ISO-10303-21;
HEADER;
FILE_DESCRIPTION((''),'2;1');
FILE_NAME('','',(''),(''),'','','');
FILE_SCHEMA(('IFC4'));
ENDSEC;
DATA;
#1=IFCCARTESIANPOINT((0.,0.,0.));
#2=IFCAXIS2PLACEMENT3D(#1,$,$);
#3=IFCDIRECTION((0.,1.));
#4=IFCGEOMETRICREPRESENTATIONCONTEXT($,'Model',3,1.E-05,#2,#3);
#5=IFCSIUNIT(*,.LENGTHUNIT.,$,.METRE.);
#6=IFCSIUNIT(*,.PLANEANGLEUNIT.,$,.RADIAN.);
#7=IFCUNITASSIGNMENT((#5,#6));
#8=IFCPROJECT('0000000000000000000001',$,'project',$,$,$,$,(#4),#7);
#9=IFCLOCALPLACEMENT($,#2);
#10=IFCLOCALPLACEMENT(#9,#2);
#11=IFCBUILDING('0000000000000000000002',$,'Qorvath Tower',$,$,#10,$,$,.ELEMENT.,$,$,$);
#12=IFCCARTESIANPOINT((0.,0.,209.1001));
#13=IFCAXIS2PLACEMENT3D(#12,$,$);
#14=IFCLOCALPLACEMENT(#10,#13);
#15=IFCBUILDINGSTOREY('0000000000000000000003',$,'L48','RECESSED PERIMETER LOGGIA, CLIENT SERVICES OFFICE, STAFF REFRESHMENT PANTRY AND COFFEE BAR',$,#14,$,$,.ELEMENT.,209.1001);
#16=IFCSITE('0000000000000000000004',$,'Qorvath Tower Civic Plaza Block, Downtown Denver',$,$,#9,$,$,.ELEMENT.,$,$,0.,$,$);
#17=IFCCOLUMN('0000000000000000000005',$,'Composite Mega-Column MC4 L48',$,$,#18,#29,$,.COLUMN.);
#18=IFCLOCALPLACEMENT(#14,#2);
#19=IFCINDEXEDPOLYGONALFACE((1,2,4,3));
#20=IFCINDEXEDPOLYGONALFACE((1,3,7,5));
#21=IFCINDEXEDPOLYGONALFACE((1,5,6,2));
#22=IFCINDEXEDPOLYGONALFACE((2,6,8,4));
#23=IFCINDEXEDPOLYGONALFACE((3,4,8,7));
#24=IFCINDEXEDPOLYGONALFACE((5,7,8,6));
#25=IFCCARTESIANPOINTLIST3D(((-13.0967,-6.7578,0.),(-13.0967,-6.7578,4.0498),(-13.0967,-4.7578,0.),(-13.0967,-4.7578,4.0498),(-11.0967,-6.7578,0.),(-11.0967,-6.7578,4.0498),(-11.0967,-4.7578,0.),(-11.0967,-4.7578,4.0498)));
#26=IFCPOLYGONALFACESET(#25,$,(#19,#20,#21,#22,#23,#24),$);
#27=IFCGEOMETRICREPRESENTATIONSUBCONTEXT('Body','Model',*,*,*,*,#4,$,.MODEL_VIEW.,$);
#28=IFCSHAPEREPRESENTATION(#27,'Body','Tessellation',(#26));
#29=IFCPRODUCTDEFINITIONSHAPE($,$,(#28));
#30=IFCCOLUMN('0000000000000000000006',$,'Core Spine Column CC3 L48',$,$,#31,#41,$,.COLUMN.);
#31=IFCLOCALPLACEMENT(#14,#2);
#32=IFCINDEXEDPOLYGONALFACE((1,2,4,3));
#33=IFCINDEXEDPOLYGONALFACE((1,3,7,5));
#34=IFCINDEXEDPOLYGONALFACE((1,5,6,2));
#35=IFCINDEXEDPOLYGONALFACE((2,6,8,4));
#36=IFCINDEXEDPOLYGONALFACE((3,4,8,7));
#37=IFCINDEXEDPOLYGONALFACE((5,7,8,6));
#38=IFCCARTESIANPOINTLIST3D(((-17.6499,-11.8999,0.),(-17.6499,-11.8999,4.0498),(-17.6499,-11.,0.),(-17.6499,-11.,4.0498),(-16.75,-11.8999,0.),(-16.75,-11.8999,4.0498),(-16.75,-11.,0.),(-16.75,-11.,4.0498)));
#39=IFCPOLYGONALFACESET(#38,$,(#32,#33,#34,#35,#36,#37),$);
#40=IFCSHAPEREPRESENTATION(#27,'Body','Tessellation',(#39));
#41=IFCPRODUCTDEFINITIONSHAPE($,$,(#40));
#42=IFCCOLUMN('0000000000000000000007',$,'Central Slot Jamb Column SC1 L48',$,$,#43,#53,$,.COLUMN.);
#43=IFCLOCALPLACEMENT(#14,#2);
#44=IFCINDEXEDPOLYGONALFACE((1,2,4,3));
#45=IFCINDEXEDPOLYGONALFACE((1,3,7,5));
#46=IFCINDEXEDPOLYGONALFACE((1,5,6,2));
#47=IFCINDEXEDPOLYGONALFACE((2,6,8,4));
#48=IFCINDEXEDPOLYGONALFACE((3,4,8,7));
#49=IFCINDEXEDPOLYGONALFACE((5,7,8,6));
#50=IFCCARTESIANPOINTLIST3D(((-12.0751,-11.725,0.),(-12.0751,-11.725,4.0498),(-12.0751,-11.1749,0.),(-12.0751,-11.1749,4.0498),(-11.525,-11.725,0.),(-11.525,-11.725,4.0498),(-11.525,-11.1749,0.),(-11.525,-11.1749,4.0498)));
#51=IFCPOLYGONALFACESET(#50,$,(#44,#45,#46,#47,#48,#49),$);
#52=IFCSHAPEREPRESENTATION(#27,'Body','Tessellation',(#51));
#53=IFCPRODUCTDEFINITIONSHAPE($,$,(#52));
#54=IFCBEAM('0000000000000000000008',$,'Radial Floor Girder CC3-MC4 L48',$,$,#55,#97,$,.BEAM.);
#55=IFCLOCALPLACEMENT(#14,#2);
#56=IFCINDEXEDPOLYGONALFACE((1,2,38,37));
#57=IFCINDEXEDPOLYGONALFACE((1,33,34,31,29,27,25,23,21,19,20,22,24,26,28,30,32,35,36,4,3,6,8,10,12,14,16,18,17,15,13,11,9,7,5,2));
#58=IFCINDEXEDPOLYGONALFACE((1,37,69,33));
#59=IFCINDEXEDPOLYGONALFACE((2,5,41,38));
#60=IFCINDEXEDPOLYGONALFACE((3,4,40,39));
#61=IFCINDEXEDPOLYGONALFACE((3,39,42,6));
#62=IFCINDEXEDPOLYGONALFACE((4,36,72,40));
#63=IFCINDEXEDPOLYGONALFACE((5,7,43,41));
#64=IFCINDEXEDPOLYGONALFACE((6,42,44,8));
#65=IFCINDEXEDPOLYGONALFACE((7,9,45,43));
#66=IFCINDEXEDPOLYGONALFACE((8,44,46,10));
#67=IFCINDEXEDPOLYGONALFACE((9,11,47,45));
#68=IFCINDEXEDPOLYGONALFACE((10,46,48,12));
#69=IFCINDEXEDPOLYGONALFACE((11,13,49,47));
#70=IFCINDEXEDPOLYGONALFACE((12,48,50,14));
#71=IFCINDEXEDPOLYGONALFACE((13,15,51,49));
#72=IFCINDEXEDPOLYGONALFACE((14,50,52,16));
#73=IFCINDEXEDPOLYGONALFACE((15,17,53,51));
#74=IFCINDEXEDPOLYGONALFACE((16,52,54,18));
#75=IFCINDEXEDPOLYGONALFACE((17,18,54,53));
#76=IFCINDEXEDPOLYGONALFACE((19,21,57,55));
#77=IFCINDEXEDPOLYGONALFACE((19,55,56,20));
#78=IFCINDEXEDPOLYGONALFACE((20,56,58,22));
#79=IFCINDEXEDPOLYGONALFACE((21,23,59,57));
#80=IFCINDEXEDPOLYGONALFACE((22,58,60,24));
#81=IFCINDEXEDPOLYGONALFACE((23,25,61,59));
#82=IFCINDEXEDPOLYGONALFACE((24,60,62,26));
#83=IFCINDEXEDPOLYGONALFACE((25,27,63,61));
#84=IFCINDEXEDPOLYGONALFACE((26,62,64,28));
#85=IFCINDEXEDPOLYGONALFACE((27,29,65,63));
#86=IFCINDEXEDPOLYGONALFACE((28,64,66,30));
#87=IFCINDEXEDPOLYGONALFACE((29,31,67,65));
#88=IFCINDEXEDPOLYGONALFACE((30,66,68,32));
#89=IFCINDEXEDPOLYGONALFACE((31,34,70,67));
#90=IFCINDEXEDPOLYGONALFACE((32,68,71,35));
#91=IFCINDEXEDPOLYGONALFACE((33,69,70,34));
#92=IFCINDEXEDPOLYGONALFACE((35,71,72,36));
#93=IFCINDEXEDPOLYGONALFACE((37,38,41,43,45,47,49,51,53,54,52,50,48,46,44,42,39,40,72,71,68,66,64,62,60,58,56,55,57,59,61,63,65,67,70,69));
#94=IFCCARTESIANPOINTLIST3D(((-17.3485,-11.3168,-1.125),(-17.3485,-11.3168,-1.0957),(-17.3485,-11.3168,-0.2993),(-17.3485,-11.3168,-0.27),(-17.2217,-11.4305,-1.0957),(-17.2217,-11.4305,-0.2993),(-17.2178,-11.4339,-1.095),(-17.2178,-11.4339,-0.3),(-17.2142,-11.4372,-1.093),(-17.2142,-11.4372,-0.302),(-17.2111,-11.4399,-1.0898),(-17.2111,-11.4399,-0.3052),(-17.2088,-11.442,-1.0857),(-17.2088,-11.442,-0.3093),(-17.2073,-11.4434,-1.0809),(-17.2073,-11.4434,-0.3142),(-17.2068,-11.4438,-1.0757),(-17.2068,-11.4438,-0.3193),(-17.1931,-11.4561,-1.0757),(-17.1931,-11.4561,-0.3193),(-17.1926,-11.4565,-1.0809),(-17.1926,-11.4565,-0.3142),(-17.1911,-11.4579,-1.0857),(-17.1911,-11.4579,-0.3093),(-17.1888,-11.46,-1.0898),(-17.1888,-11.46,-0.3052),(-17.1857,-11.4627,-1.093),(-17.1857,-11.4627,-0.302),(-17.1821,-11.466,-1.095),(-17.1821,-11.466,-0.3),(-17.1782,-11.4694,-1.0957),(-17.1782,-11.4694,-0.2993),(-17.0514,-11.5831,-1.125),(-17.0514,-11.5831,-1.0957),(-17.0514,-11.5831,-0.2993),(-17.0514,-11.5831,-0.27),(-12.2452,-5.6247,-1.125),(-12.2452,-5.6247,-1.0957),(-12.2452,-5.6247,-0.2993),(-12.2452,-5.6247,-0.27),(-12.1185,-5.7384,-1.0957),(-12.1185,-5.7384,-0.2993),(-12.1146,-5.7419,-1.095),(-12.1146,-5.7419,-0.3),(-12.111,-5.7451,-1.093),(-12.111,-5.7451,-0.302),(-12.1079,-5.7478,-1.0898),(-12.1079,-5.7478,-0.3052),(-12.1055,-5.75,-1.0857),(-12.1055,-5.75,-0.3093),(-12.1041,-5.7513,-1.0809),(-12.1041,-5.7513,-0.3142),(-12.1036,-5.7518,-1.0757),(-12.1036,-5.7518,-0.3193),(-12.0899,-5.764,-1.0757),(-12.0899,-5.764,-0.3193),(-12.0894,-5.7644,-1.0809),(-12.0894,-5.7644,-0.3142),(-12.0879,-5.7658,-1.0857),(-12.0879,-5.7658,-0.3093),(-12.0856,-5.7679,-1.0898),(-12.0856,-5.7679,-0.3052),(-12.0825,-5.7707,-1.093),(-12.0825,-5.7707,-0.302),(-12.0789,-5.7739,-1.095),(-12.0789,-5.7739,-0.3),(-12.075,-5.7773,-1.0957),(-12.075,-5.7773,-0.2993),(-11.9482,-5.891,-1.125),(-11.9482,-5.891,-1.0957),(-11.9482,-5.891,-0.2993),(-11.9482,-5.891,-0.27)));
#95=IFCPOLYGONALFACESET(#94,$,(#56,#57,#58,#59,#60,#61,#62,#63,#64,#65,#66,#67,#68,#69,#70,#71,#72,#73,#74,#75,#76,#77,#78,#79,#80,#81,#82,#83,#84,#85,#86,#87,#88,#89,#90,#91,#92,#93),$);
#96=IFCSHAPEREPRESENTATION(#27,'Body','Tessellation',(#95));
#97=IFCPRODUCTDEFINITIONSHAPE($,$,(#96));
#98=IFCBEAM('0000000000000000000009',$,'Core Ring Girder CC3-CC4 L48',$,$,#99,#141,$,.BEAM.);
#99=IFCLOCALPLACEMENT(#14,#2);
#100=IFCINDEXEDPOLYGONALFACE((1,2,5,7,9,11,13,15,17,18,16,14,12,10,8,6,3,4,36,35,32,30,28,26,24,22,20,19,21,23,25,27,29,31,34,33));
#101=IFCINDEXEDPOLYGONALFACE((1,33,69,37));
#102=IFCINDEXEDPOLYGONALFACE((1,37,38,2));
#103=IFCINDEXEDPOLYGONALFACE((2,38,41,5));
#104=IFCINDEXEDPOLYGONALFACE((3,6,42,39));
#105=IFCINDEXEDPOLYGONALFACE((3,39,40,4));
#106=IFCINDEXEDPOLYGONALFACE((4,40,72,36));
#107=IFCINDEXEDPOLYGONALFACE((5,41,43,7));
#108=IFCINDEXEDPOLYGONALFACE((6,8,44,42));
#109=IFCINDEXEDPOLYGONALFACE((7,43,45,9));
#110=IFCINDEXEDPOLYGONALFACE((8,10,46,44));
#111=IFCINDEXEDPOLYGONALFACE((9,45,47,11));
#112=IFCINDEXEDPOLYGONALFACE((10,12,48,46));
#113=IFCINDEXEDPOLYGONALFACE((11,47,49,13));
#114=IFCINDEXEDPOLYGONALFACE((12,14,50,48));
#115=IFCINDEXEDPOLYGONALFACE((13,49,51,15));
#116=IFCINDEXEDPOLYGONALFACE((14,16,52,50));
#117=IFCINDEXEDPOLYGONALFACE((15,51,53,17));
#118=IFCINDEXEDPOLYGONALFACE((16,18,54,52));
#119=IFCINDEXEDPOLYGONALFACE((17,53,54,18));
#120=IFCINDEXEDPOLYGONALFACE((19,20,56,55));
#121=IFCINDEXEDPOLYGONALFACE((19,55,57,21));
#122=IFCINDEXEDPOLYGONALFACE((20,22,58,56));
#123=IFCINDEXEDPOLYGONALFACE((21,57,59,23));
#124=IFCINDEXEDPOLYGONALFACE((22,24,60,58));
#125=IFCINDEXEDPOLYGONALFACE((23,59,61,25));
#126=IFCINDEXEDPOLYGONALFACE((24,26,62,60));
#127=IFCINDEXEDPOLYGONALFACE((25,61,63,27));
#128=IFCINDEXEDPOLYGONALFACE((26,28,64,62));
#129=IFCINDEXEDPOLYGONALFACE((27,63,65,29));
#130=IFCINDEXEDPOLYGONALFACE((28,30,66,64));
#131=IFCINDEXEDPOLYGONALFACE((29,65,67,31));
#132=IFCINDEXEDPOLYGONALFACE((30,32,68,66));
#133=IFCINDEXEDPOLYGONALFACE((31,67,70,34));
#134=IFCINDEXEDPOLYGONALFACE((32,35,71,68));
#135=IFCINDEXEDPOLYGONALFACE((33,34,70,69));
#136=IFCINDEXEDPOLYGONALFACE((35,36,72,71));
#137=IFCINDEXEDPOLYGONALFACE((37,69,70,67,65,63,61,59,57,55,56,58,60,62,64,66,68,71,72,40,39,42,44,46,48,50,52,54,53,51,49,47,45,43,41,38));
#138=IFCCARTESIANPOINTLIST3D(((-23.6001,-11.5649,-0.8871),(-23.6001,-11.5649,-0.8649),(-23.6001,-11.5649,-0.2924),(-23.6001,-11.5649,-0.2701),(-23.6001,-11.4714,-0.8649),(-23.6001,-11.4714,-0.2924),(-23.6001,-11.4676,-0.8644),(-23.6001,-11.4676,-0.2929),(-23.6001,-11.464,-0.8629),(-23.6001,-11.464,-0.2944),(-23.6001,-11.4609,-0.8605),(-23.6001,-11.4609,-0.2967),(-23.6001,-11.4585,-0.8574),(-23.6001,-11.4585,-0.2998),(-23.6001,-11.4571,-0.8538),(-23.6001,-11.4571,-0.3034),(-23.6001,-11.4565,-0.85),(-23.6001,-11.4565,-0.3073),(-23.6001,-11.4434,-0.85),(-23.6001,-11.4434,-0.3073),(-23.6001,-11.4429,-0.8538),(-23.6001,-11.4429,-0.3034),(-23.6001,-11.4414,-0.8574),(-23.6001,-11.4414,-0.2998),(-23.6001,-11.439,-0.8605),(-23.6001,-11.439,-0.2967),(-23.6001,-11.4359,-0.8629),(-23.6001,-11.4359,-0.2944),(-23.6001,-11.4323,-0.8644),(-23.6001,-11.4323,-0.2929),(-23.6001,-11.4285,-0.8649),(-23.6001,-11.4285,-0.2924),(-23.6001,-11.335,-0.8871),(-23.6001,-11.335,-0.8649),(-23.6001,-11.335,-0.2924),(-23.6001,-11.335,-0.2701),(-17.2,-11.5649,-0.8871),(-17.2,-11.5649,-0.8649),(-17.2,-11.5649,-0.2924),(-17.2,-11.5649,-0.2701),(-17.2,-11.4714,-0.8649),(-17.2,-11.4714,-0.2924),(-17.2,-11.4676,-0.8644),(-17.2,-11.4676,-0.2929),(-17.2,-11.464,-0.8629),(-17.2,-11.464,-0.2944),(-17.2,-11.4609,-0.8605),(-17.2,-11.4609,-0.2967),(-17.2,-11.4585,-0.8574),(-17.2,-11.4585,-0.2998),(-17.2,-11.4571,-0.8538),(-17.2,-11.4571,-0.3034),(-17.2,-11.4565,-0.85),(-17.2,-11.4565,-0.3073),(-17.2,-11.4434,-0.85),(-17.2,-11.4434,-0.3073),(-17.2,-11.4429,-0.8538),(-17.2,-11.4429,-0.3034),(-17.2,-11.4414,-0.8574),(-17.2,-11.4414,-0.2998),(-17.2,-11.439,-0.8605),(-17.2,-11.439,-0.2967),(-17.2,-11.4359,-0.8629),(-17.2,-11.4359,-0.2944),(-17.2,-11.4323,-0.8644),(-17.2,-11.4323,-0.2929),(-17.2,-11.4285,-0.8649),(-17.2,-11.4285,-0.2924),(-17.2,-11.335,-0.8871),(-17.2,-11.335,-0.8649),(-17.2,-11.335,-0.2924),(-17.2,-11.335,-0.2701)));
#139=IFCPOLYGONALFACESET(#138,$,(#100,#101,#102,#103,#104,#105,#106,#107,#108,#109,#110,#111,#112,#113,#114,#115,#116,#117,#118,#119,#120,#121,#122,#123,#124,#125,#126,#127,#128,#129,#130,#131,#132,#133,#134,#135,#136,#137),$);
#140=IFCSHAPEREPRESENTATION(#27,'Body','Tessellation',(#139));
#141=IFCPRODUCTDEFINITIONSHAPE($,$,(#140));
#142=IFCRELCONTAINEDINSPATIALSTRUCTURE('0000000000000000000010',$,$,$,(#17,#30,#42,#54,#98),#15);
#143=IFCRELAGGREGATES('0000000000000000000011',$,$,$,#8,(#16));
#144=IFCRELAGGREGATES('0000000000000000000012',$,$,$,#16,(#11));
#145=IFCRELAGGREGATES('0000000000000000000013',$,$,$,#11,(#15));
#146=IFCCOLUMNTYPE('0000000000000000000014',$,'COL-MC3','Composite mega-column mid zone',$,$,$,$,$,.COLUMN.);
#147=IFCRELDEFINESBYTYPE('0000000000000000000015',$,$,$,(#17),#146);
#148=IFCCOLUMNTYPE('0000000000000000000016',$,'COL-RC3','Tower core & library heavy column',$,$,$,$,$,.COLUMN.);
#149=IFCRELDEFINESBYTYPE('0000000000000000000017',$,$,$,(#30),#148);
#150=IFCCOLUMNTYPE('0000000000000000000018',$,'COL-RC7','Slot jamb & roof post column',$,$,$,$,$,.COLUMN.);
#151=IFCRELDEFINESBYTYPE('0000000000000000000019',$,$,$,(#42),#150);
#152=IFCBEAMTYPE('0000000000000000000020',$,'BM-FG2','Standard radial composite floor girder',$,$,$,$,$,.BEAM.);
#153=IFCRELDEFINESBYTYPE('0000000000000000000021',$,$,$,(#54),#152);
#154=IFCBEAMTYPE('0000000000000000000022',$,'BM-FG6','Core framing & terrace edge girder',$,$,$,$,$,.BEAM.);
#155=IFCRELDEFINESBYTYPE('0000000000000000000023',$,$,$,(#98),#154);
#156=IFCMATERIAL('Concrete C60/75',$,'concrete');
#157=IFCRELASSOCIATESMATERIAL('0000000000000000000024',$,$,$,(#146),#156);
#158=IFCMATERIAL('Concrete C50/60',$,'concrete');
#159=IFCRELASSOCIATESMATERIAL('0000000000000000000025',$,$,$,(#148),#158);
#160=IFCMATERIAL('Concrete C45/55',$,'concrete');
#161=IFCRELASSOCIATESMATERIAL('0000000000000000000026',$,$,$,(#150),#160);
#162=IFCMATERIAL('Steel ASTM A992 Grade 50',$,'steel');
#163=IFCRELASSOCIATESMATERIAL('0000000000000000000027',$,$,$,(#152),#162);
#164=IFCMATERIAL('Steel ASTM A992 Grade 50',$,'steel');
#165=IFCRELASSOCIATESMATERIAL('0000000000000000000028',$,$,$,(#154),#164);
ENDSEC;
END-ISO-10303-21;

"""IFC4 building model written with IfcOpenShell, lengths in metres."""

from ifc_helpers import new_model, si_unit, direction, frame, origin, origin_2d, place, context, subcontext, project, spatial, rectangle, i_section, extrude, material, material_profile, profile_set, type_object, element, save


model = new_model("IFC4")

# Units and contexts
model_context = context("Model", 3, precision=1e-05, world=origin(), true_north=direction((0.0, 1.0)))
body_context = subcontext(model_context, "Body", "Model", "MODEL_VIEW")
ifc_project = project(units=[si_unit("LENGTHUNIT", "METRE"), si_unit("PLANEANGLEUNIT", "RADIAN")], contexts=[model_context])

# Site, building, storey
site_placement = place(None, origin())
site = spatial("IfcSite", under=ifc_project, at=site_placement, Name="Qorvath Tower Civic Plaza Block, Downtown Denver", CompositionType="ELEMENT", RefElevation=0.0)
building_placement = place(site_placement, origin())
building = spatial("IfcBuilding", under=site, at=building_placement, Name="Qorvath Tower", CompositionType="ELEMENT")
storey_placement = place(building_placement, frame((0.0, 0.0, 209.1001)))
storey = spatial("IfcBuildingStorey", under=building, at=storey_placement, Name="L48", Description="RECESSED PERIMETER LOGGIA, CLIENT SERVICES OFFICE, STAFF REFRESHMENT PANTRY AND COFFEE BAR", CompositionType="ELEMENT", Elevation=209.1001)

# Columns
ifc_material_1 = material(Name="Concrete C60/75", Category="concrete")
ifc_material_profile_1 = material_profile(ifc_material_1, rectangle(XDim=2.0, YDim=2.0, at=origin_2d()), Name="MC 2000x2000")
ifc_profile_set_1 = profile_set([ifc_material_profile_1], Name="Concrete C60/75")
column_type_1 = type_object("IfcColumnType", Name="COL-MC3", Description="Composite mega-column mid zone", PredefinedType="COLUMN", material=ifc_profile_set_1)
column_1_placement = place(storey_placement, frame((-12.0967, -5.7578, 0.0), z_axis=(0.0, 0.0, 1.0), x_axis=(1.0, 0.0, 0.0)))
element("IfcColumn", 1, at=column_1_placement, inside=storey, type_object=column_type_1, Name="Composite Mega-Column MC4 L48", PredefinedType="COLUMN", context=body_context, shape_type="SweptSolid", body=[
    extrude(rectangle(XDim=2.0, YDim=2.0, at=origin_2d()), origin(), (0.0, 0.0, 1.0), 4.0498),
])
ifc_material_2 = material(Name="Concrete C50/60", Category="concrete")
ifc_material_profile_2 = material_profile(ifc_material_2, rectangle(XDim=0.8999, YDim=0.8999, at=origin_2d()), Name="RC 900x900")
ifc_profile_set_2 = profile_set([ifc_material_profile_2], Name="Concrete C50/60")
column_type_2 = type_object("IfcColumnType", Name="COL-RC3", Description="Tower core & library heavy column", PredefinedType="COLUMN", material=ifc_profile_set_2)
column_2_placement = place(storey_placement, frame((-17.2, -11.45, 0.0), z_axis=(0.0, 0.0, 1.0), x_axis=(1.0, 0.0, 0.0)))
element("IfcColumn", 2, at=column_2_placement, inside=storey, type_object=column_type_2, Name="Core Spine Column CC3 L48", PredefinedType="COLUMN", context=body_context, shape_type="SweptSolid", body=[
    extrude(rectangle(XDim=0.8999, YDim=0.8999, at=origin_2d()), origin(), (0.0, 0.0, 1.0), 4.0498),
])
ifc_material_3 = material(Name="Concrete C45/55", Category="concrete")
ifc_material_profile_3 = material_profile(ifc_material_3, rectangle(XDim=0.55, YDim=0.55, at=origin_2d()), Name="RC 550x550")
ifc_profile_set_3 = profile_set([ifc_material_profile_3], Name="Concrete C45/55")
column_type_3 = type_object("IfcColumnType", Name="COL-RC7", Description="Slot jamb & roof post column", PredefinedType="COLUMN", material=ifc_profile_set_3)
column_3_placement = place(storey_placement, frame((-11.8, -11.45, 0.0), z_axis=(0.0, 0.0, 1.0), x_axis=(1.0, 0.0, 0.0)))
element("IfcColumn", 3, at=column_3_placement, inside=storey, type_object=column_type_3, Name="Central Slot Jamb Column SC1 L48", PredefinedType="COLUMN", context=body_context, shape_type="SweptSolid", body=[
    extrude(rectangle(XDim=0.55, YDim=0.55, at=origin_2d()), origin(), (0.0, 0.0, 1.0), 4.0498),
])

# Beams
ifc_material_4 = material(Name="Steel ASTM A992 Grade 50", Category="steel")
ifc_material_profile_4 = material_profile(ifc_material_4, i_section(OverallWidth=0.3989, OverallDepth=0.855, WebThickness=0.0183, FlangeThickness=0.0293, FilletRadius=0.02, at=origin_2d()), Name="W33x201")
ifc_profile_set_4 = profile_set([ifc_material_profile_4], Name="Steel ASTM A992 Grade 50")
beam_type_1 = type_object("IfcBeamType", Name="BM-FG2", Description="Standard radial composite floor girder", PredefinedType="BEAM", material=ifc_profile_set_4)
beam_1_placement = place(storey_placement, frame((-17.2, -11.45, -0.6975), z_axis=(0.667543, 0.744571, 0.0), x_axis=(-0.744571, 0.667543, 0.0)))
element("IfcBeam", 4, at=beam_1_placement, inside=storey, type_object=beam_type_1, Name="Radial Floor Girder CC3-MC4 L48", PredefinedType="BEAM", context=body_context, shape_type="SweptSolid", body=[
    extrude(i_section(OverallWidth=0.3989, OverallDepth=0.855, WebThickness=0.0183, FlangeThickness=0.0293, FilletRadius=0.02, at=origin_2d()), origin(), (0.0, 0.0, 1.0), 7.6448),
])
ifc_material_5 = material(Name="Steel ASTM A992 Grade 50", Category="steel")
ifc_material_profile_5 = material_profile(ifc_material_5, i_section(OverallWidth=0.23, OverallDepth=0.6169, WebThickness=0.0132, FlangeThickness=0.0222, FilletRadius=0.0149, at=origin_2d()), Name="W24x94")
ifc_profile_set_5 = profile_set([ifc_material_profile_5], Name="Steel ASTM A992 Grade 50")
beam_type_2 = type_object("IfcBeamType", Name="BM-FG6", Description="Core framing & terrace edge girder", PredefinedType="BEAM", material=ifc_profile_set_5)
beam_2_placement = place(storey_placement, frame((-17.2, -11.45, -0.5786), z_axis=(-1.0, 0.0, 0.0), x_axis=(0.0, -1.0, 0.0)))
element("IfcBeam", 5, at=beam_2_placement, inside=storey, type_object=beam_type_2, Name="Core Ring Girder CC3-CC4 L48", PredefinedType="BEAM", context=body_context, shape_type="SweptSolid", body=[
    extrude(i_section(OverallWidth=0.23, OverallDepth=0.6169, WebThickness=0.0132, FlangeThickness=0.0222, FilletRadius=0.0149, at=origin_2d()), origin(), (0.0, 0.0, 1.0), 6.4001),
])

save(model, "model.ifc")
